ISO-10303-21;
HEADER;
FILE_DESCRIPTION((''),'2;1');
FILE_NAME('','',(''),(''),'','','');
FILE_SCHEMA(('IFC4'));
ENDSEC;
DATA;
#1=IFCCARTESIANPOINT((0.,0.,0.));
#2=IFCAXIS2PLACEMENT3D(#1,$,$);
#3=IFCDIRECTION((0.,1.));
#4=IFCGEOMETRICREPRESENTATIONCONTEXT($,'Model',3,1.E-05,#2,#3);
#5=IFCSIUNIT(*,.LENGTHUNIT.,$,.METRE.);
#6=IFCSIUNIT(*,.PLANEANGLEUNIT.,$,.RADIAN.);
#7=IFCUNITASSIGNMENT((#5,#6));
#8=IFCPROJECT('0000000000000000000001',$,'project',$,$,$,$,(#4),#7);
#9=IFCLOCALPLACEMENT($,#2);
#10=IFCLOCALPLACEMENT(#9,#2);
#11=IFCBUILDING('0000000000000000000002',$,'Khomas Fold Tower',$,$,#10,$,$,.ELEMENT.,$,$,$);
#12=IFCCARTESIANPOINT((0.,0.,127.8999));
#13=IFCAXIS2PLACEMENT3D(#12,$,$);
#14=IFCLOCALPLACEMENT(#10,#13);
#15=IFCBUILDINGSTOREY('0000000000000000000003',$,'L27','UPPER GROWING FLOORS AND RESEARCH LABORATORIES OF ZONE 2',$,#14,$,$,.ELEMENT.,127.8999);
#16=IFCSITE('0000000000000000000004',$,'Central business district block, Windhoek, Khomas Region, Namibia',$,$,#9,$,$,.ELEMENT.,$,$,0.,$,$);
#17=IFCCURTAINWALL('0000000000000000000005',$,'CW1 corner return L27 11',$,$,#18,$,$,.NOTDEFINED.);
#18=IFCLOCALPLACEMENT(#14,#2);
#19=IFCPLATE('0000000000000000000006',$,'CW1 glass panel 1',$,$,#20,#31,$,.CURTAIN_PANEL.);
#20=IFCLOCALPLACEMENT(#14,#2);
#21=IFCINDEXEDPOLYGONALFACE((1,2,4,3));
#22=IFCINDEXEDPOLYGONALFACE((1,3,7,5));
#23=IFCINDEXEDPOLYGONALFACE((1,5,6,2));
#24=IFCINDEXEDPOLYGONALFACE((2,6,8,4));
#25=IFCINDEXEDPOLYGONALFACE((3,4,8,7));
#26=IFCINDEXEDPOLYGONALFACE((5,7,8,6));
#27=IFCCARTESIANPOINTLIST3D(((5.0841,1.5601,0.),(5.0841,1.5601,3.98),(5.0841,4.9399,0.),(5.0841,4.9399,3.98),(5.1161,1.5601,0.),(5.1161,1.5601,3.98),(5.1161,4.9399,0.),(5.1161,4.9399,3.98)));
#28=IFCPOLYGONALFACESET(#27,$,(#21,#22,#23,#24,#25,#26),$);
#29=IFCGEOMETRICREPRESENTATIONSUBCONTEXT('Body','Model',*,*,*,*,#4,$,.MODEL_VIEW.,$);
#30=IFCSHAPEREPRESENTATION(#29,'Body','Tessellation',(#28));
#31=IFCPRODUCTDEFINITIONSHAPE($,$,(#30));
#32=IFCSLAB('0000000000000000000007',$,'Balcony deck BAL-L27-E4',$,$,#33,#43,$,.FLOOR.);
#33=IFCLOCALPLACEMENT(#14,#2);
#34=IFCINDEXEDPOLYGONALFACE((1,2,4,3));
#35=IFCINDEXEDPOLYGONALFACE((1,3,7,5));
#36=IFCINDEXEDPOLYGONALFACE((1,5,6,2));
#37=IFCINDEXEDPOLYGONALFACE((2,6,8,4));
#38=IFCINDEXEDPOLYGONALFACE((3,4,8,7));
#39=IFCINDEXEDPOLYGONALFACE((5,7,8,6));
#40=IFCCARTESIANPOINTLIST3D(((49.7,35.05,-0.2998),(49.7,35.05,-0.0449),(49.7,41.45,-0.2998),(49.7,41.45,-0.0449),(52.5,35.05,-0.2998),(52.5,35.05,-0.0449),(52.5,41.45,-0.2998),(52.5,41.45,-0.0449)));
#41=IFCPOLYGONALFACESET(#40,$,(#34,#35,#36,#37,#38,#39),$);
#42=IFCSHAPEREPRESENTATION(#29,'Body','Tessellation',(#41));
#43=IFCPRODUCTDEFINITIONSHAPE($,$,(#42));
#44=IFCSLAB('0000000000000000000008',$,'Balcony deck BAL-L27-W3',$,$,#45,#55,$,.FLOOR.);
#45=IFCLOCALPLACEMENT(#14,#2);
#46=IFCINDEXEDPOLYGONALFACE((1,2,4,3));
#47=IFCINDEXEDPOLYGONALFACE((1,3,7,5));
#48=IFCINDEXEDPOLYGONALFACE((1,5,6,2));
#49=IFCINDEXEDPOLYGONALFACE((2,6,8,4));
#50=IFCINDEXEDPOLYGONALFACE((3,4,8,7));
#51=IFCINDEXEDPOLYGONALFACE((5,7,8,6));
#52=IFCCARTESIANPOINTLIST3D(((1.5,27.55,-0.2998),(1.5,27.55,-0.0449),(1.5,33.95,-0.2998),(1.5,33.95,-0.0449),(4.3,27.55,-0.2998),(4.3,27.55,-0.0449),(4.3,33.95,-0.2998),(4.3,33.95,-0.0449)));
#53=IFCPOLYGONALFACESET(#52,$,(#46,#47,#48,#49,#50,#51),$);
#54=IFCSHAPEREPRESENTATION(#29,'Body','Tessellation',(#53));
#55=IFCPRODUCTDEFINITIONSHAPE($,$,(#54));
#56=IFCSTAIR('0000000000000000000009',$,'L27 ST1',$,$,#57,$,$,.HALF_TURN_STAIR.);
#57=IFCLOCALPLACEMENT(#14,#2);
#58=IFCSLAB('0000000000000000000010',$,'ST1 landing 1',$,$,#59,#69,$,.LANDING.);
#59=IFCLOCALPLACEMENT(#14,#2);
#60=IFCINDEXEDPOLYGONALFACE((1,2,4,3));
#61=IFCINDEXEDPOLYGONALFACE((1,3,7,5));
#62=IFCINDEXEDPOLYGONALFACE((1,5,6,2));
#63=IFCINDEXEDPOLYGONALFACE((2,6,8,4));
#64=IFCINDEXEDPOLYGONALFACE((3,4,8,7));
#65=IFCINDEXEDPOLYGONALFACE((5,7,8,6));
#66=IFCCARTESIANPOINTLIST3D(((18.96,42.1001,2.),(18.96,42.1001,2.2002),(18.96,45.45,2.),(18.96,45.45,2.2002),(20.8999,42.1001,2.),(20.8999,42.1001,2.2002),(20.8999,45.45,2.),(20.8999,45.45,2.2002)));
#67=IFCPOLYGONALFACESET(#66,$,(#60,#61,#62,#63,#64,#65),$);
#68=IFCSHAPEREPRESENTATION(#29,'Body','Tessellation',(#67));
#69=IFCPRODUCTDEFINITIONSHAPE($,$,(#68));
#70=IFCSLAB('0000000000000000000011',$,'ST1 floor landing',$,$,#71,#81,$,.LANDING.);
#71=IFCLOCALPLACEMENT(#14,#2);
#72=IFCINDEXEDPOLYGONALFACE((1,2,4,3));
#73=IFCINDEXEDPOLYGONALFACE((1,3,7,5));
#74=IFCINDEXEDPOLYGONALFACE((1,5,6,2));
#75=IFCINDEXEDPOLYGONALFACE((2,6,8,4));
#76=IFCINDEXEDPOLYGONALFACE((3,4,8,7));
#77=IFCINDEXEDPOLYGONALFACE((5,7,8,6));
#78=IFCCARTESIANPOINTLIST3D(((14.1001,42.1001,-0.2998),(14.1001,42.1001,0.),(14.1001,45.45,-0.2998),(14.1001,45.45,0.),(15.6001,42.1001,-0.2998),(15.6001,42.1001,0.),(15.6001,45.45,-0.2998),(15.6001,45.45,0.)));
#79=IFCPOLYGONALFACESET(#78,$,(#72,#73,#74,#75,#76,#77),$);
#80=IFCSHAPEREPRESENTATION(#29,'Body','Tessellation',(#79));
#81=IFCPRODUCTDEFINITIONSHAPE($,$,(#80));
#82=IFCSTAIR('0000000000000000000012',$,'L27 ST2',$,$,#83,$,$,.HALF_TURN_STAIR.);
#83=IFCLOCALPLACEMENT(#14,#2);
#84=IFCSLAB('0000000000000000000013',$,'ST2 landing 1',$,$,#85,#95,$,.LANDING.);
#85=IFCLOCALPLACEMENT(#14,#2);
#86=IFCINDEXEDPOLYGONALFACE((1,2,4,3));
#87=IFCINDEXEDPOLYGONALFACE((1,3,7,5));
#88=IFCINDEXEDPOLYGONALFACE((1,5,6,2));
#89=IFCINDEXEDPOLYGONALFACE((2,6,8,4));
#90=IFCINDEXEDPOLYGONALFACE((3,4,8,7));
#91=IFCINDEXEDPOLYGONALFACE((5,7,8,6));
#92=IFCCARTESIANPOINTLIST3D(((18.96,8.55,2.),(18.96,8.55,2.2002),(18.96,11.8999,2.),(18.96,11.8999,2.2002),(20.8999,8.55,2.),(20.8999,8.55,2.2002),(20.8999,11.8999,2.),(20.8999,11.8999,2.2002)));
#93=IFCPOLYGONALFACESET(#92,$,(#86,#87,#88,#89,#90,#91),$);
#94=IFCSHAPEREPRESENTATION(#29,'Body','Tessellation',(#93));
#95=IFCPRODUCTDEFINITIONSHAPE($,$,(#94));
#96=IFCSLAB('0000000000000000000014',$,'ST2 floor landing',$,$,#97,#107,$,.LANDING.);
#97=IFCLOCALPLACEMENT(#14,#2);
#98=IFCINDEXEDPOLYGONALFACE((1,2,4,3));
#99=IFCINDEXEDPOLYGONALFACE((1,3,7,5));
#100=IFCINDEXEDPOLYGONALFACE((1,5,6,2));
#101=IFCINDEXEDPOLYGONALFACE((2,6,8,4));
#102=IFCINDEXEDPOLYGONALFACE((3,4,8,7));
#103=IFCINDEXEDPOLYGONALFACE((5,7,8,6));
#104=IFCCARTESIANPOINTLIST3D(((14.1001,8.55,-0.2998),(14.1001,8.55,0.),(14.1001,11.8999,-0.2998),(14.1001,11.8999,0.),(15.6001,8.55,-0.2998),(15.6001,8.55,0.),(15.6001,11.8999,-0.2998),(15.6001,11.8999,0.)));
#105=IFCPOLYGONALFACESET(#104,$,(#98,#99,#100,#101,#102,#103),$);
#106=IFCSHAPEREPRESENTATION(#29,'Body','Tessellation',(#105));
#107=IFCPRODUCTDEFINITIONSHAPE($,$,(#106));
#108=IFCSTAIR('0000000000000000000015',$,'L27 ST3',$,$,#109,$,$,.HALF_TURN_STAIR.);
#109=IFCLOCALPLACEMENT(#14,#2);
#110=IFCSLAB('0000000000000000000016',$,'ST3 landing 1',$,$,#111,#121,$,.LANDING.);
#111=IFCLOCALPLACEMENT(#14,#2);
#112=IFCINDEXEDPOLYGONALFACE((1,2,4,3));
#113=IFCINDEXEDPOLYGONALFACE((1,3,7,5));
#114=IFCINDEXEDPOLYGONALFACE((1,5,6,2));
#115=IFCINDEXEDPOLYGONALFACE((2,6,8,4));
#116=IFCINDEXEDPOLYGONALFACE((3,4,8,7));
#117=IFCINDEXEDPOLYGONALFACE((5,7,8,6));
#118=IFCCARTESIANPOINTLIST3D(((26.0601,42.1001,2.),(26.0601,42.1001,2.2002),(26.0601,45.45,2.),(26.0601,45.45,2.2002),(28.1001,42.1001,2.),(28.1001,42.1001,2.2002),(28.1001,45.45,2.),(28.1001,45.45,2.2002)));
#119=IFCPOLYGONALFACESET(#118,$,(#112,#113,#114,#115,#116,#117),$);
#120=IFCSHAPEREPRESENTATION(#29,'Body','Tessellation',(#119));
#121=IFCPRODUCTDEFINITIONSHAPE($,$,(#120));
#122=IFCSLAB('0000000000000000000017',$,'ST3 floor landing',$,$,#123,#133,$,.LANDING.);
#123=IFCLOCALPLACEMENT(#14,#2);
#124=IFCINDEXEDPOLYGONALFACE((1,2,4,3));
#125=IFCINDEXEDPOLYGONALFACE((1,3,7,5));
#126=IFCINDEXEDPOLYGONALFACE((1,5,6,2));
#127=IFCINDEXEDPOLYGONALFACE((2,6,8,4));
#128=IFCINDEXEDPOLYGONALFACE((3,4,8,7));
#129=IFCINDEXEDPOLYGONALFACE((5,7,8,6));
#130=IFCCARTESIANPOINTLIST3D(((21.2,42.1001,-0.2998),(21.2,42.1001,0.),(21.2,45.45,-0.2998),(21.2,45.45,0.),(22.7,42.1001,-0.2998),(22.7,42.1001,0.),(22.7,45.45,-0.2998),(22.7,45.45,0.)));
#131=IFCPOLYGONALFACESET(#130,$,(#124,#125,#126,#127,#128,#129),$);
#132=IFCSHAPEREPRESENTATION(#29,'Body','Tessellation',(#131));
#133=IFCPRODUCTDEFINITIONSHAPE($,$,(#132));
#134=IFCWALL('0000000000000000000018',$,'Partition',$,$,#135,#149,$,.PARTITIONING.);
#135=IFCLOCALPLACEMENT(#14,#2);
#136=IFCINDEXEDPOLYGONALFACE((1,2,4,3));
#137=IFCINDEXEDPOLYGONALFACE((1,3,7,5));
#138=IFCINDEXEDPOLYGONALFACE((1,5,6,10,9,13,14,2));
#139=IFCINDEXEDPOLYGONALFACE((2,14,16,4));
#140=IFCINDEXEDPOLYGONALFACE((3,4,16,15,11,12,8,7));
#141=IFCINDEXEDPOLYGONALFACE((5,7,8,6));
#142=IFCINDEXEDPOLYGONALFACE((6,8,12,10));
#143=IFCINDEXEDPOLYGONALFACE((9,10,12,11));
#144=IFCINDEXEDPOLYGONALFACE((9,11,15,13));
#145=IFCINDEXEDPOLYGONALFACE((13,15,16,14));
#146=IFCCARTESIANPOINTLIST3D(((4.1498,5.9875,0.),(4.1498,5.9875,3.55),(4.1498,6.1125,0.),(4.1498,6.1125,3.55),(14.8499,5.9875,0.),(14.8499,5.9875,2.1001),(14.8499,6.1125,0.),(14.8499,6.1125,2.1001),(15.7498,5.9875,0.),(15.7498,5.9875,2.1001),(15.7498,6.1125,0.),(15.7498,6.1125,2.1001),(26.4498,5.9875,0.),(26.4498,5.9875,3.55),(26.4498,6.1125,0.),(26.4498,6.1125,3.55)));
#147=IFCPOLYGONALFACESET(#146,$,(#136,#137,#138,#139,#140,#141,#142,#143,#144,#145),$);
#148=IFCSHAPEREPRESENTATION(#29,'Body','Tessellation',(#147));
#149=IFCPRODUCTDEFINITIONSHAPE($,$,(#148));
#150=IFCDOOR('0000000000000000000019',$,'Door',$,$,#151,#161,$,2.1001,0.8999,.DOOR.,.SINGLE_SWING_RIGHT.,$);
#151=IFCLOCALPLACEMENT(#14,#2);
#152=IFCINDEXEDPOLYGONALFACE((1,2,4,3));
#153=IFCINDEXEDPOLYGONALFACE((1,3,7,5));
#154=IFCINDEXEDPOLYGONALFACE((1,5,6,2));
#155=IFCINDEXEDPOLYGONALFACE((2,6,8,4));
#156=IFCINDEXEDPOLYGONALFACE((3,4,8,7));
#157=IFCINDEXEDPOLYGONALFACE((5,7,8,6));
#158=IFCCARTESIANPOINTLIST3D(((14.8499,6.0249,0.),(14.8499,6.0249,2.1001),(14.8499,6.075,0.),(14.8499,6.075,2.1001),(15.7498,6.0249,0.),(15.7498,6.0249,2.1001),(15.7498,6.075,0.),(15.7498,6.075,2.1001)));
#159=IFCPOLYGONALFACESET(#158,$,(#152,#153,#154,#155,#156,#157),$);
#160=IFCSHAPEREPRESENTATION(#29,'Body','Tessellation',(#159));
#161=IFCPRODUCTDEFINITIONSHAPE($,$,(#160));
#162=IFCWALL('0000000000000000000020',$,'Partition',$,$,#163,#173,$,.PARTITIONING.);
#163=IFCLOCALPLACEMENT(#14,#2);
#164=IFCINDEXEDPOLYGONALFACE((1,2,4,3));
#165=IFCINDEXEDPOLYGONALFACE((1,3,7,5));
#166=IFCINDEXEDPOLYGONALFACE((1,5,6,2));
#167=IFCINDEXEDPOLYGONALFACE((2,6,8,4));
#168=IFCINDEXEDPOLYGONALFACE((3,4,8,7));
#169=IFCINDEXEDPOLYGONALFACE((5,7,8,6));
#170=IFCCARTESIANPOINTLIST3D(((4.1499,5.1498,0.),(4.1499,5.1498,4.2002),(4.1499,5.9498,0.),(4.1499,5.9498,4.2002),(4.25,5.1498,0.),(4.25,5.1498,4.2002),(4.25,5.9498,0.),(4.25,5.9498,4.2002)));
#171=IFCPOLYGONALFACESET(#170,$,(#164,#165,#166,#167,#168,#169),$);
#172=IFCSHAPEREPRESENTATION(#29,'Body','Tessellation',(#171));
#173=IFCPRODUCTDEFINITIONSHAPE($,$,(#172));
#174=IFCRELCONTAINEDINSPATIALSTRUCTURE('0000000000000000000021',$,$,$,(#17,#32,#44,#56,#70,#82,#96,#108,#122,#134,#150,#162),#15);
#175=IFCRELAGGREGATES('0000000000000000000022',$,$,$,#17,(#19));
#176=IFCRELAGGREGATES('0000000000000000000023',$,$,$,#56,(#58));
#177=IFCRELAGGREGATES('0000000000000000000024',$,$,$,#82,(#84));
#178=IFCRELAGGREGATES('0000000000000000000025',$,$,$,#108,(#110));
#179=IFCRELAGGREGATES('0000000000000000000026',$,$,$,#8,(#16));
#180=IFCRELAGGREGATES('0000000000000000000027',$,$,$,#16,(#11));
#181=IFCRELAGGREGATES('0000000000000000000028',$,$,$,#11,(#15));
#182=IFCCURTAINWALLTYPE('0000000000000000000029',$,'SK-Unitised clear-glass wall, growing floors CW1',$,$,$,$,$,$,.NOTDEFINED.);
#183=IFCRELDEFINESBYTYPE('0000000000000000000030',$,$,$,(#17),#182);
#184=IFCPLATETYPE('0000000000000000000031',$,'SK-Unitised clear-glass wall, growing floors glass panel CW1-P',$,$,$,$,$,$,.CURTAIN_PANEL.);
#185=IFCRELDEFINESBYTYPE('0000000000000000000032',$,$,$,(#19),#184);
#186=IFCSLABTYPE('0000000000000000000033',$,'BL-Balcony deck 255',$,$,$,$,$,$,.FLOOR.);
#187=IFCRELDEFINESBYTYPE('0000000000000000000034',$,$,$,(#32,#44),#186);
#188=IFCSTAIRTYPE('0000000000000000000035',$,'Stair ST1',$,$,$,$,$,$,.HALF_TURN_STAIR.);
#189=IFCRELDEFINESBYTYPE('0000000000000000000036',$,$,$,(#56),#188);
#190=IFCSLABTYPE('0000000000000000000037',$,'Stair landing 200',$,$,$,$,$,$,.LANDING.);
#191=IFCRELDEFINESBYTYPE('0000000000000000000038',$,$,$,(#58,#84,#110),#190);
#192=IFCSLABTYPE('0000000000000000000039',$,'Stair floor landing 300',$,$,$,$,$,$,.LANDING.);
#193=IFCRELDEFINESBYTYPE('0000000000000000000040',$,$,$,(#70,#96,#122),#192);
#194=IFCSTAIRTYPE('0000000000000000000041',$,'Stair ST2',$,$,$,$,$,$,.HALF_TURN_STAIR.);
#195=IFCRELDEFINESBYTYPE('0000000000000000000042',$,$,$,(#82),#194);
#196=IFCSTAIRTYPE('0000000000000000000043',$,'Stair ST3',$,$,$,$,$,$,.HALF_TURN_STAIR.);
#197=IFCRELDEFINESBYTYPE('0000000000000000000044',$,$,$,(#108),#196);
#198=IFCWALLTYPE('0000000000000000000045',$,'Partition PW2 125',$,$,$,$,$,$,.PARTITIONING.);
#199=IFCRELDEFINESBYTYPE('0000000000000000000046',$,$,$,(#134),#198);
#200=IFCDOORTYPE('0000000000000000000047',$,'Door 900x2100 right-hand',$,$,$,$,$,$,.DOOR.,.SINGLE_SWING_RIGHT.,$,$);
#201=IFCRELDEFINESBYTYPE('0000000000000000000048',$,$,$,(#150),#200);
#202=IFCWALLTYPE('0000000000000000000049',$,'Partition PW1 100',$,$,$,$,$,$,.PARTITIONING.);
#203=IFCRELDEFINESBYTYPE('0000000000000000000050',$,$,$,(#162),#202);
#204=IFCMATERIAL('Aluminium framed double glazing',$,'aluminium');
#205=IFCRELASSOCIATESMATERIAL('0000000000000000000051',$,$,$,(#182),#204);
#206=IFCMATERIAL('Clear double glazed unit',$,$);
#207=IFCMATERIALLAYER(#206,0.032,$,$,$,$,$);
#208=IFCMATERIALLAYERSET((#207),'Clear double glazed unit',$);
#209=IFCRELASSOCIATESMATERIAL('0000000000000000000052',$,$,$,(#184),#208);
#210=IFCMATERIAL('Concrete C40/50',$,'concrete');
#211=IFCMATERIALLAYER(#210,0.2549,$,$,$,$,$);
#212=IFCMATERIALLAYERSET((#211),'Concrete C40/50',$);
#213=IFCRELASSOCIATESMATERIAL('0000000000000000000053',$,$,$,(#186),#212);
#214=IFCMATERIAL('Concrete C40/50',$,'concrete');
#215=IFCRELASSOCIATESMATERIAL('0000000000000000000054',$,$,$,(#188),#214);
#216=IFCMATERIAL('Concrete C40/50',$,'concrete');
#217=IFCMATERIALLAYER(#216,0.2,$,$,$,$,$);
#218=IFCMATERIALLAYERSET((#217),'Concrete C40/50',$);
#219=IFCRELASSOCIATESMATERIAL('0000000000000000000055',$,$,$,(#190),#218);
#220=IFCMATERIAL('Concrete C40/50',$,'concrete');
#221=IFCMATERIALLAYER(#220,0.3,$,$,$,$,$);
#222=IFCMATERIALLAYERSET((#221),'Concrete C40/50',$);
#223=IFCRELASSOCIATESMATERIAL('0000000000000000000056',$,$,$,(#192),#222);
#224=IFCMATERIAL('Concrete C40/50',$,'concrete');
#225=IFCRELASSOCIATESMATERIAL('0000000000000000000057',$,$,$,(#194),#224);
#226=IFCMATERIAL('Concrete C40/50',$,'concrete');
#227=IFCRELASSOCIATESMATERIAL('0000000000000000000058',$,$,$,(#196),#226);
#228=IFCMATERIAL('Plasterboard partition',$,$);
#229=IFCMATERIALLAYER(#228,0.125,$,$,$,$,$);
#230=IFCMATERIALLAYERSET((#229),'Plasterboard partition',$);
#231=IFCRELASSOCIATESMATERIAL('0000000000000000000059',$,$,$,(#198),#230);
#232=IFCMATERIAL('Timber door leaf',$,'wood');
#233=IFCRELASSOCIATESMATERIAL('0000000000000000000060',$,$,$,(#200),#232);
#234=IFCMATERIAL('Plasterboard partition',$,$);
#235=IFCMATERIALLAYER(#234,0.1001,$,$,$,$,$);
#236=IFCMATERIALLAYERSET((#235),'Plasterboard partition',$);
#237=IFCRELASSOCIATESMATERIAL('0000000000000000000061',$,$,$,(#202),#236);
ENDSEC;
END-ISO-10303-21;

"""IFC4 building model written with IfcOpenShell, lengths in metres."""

from ifc_helpers import new_model, si_unit, direction, frame, frame_2d, origin, origin_2d, place, context, subcontext, project, spatial, polyline, rectangle, outline, extrude, source, transform, mapped, material, layer, layer_set, type_object, element, fill, aggregate, save


model = new_model("IFC4")

# Units and contexts
model_context = context("Model", 3, precision=1e-05, world=origin(), true_north=direction((0.0, 1.0)))
body_context = subcontext(model_context, "Body", "Model", "MODEL_VIEW")
ifc_project = project(units=[si_unit("LENGTHUNIT", "METRE"), si_unit("PLANEANGLEUNIT", "RADIAN")], contexts=[model_context])

# Site, building, storey
site_placement = place(None, origin())
site = spatial("IfcSite", under=ifc_project, at=site_placement, Name="Central business district block, Windhoek, Khomas Region, Namibia", CompositionType="ELEMENT", RefElevation=0.0)
building_placement = place(site_placement, origin())
building = spatial("IfcBuilding", under=site, at=building_placement, Name="Khomas Fold Tower", CompositionType="ELEMENT")
storey_placement = place(building_placement, frame((0.0, 0.0, 127.8999)))
storey = spatial("IfcBuildingStorey", under=building, at=storey_placement, Name="L27", Description="UPPER GROWING FLOORS AND RESEARCH LABORATORIES OF ZONE 2", CompositionType="ELEMENT", Elevation=127.8999)

# Curtain wall
ifc_material_1 = material(Name="Aluminium framed double glazing", Category="aluminium")
curtain_wall_type = type_object("IfcCurtainWallType", Name="SK-Unitised clear-glass wall, growing floors CW1", PredefinedType="NOTDEFINED", material=ifc_material_1)
curtain_wall_1_placement = place(storey_placement, origin())
curtain_wall_1 = element("IfcCurtainWall", 1, at=curtain_wall_1_placement, inside=storey, type_object=curtain_wall_type, Name="CW1 corner return L27 11", PredefinedType="NOTDEFINED")

# Plate
ifc_material_2 = material(Name="Clear double glazed unit")
ifc_layer_1 = layer(ifc_material_2, 0.032)
ifc_layer_set_1 = layer_set([ifc_layer_1], Name="Clear double glazed unit")
plate_type_1 = type_object("IfcPlateType", Name="SK-Unitised clear-glass wall, growing floors glass panel CW1-P", PredefinedType="CURTAIN_PANEL", material=ifc_layer_set_1)
shared_shape_1 = source(origin(), body_context, "Body", "SweptSolid", [
    extrude(rectangle(XDim=3.3799, YDim=0.032, at=origin_2d()), origin(), (0.0, 0.0, 1.0), 3.98),
])
plate_1_placement = place(storey_placement, frame((5.1001, 3.25, 0.0), z_axis=(0.0, 0.0, 1.0), x_axis=(0.0, -1.0, 0.0)))
plate_1 = element("IfcPlate", 2, at=plate_1_placement, type_object=plate_type_1, Name="CW1 glass panel 1", PredefinedType="CURTAIN_PANEL", context=body_context, shape_type="MappedRepresentation", body=[
    mapped(shared_shape_1, transform((0.0, 0.0, 0.0))),
])
aggregate(curtain_wall_1, [plate_1])

# Slabs
ifc_material_3 = material(Name="Concrete C40/50", Category="concrete")
ifc_layer_2 = layer(ifc_material_3, 0.2549)
ifc_layer_set_2 = layer_set([ifc_layer_2], Name="Concrete C40/50")
slab_type_1 = type_object("IfcSlabType", Name="BL-Balcony deck 255", PredefinedType="FLOOR", material=ifc_layer_set_2)
shared_shape_2 = source(origin(), body_context, "Body", "SweptSolid", [
    extrude(outline(polyline([(49.7, 35.05), (52.5, 35.05), (52.5, 41.45), (49.7, 41.45), (49.7, 35.05)])), origin(), (0.0, 0.0, 1.0), 0.2549),
])
slab_1_placement = place(storey_placement, frame((0.0, 0.0, -0.2998)))
element("IfcSlab", 3, at=slab_1_placement, inside=storey, type_object=slab_type_1, Name="Balcony deck BAL-L27-E4", PredefinedType="FLOOR", context=body_context, shape_type="MappedRepresentation", body=[
    mapped(shared_shape_2, transform((0.0, 0.0, 0.0))),
])
shared_shape_3 = source(origin(), body_context, "Body", "SweptSolid", [
    extrude(outline(polyline([(1.5, 27.55), (4.3, 27.55), (4.3, 33.95), (1.5, 33.95), (1.5, 27.55)])), origin(), (0.0, 0.0, 1.0), 0.2549),
])
slab_2_placement = place(storey_placement, frame((0.0, 0.0, -0.2998)))
element("IfcSlab", 4, at=slab_2_placement, inside=storey, type_object=slab_type_1, Name="Balcony deck BAL-L27-W3", PredefinedType="FLOOR", context=body_context, shape_type="MappedRepresentation", body=[
    mapped(shared_shape_3, transform((0.0, 0.0, 0.0))),
])

# Stair, slab
ifc_material_4 = material(Name="Concrete C40/50", Category="concrete")
stair_type_1 = type_object("IfcStairType", Name="Stair ST1", PredefinedType="HALF_TURN_STAIR", material=ifc_material_4)
stair_1_placement = place(storey_placement, origin())
stair_1 = element("IfcStair", 5, at=stair_1_placement, inside=storey, type_object=stair_type_1, Name="L27 ST1", PredefinedType="HALF_TURN_STAIR")
ifc_material_5 = material(Name="Concrete C40/50", Category="concrete")
ifc_layer_3 = layer(ifc_material_5, 0.2)
ifc_layer_set_3 = layer_set([ifc_layer_3], Name="Concrete C40/50")
slab_type_2 = type_object("IfcSlabType", Name="Stair landing 200", PredefinedType="LANDING", material=ifc_layer_set_3)
shared_shape_4 = source(origin(), body_context, "Body", "SweptSolid", [
    extrude(outline(polyline([(18.96, 42.1001), (20.8999, 42.1001), (20.8999, 45.45), (18.96, 45.45), (18.96, 42.1001)])), origin(), (0.0, 0.0, 1.0), 0.2002),
])
slab_3_placement = place(storey_placement, frame((0.0, 0.0, 2.0)))
slab_3 = element("IfcSlab", 6, at=slab_3_placement, type_object=slab_type_2, Name="ST1 landing 1", PredefinedType="LANDING", context=body_context, shape_type="MappedRepresentation", body=[
    mapped(shared_shape_4, transform((0.0, 0.0, 0.0))),
])
aggregate(stair_1, [slab_3])

# Slab
ifc_material_6 = material(Name="Concrete C40/50", Category="concrete")
ifc_layer_4 = layer(ifc_material_6, 0.3)
ifc_layer_set_4 = layer_set([ifc_layer_4], Name="Concrete C40/50")
slab_type_3 = type_object("IfcSlabType", Name="Stair floor landing 300", PredefinedType="LANDING", material=ifc_layer_set_4)
shared_shape_5 = source(origin(), body_context, "Body", "SweptSolid", [
    extrude(outline(polyline([(15.6001, 42.1001), (14.1001, 42.1001), (14.1001, 45.45), (15.6001, 45.45), (15.6001, 42.1001)])), origin(), (0.0, 0.0, 1.0), 0.2998),
])
slab_4_placement = place(storey_placement, frame((0.0, 0.0, -0.2998)))
element("IfcSlab", 7, at=slab_4_placement, inside=storey, type_object=slab_type_3, Name="ST1 floor landing", PredefinedType="LANDING", context=body_context, shape_type="MappedRepresentation", body=[
    mapped(shared_shape_5, transform((0.0, 0.0, 0.0))),
])

# Stair, slab
ifc_material_7 = material(Name="Concrete C40/50", Category="concrete")
stair_type_2 = type_object("IfcStairType", Name="Stair ST2", PredefinedType="HALF_TURN_STAIR", material=ifc_material_7)
stair_2_placement = place(storey_placement, origin())
stair_2 = element("IfcStair", 8, at=stair_2_placement, inside=storey, type_object=stair_type_2, Name="L27 ST2", PredefinedType="HALF_TURN_STAIR")
shared_shape_6 = source(origin(), body_context, "Body", "SweptSolid", [
    extrude(outline(polyline([(18.96, 8.55), (20.8999, 8.55), (20.8999, 11.8999), (18.96, 11.8999), (18.96, 8.55)])), origin(), (0.0, 0.0, 1.0), 0.2002),
])
slab_5_placement = place(storey_placement, frame((0.0, 0.0, 2.0)))
slab_5 = element("IfcSlab", 9, at=slab_5_placement, type_object=slab_type_2, Name="ST2 landing 1", PredefinedType="LANDING", context=body_context, shape_type="MappedRepresentation", body=[
    mapped(shared_shape_6, transform((0.0, 0.0, 0.0))),
])
aggregate(stair_2, [slab_5])

# Slab
shared_shape_7 = source(origin(), body_context, "Body", "SweptSolid", [
    extrude(outline(polyline([(15.6001, 8.55), (14.1001, 8.55), (14.1001, 11.8999), (15.6001, 11.8999), (15.6001, 8.55)])), origin(), (0.0, 0.0, 1.0), 0.2998),
])
slab_6_placement = place(storey_placement, frame((0.0, 0.0, -0.2998)))
element("IfcSlab", 10, at=slab_6_placement, inside=storey, type_object=slab_type_3, Name="ST2 floor landing", PredefinedType="LANDING", context=body_context, shape_type="MappedRepresentation", body=[
    mapped(shared_shape_7, transform((0.0, 0.0, 0.0))),
])

# Stair, slab
ifc_material_8 = material(Name="Concrete C40/50", Category="concrete")
stair_type_3 = type_object("IfcStairType", Name="Stair ST3", PredefinedType="HALF_TURN_STAIR", material=ifc_material_8)
stair_3_placement = place(storey_placement, origin())
stair_3 = element("IfcStair", 11, at=stair_3_placement, inside=storey, type_object=stair_type_3, Name="L27 ST3", PredefinedType="HALF_TURN_STAIR")
shared_shape_8 = source(origin(), body_context, "Body", "SweptSolid", [
    extrude(outline(polyline([(26.0601, 42.1001), (28.1001, 42.1001), (28.1001, 45.45), (26.0601, 45.45), (26.0601, 42.1001)])), origin(), (0.0, 0.0, 1.0), 0.2002),
])
slab_7_placement = place(storey_placement, frame((0.0, 0.0, 2.0)))
slab_7 = element("IfcSlab", 12, at=slab_7_placement, type_object=slab_type_2, Name="ST3 landing 1", PredefinedType="LANDING", context=body_context, shape_type="MappedRepresentation", body=[
    mapped(shared_shape_8, transform((0.0, 0.0, 0.0))),
])
aggregate(stair_3, [slab_7])

# Slab
shared_shape_9 = source(origin(), body_context, "Body", "SweptSolid", [
    extrude(outline(polyline([(22.7, 42.1001), (21.2, 42.1001), (21.2, 45.45), (22.7, 45.45), (22.7, 42.1001)])), origin(), (0.0, 0.0, 1.0), 0.2998),
])
slab_8_placement = place(storey_placement, frame((0.0, 0.0, -0.2998)))
element("IfcSlab", 13, at=slab_8_placement, inside=storey, type_object=slab_type_3, Name="ST3 floor landing", PredefinedType="LANDING", context=body_context, shape_type="MappedRepresentation", body=[
    mapped(shared_shape_9, transform((0.0, 0.0, 0.0))),
])

# Wall, opening, door
ifc_material_9 = material(Name="Plasterboard partition")
ifc_layer_5 = layer(ifc_material_9, 0.125)
ifc_layer_set_5 = layer_set([ifc_layer_5], Name="Plasterboard partition")
wall_type_1 = type_object("IfcWallType", Name="Partition PW2 125", PredefinedType="PARTITIONING", material=ifc_layer_set_5)
shared_shape_10 = source(origin(), body_context, "Body", "SweptSolid", [
    extrude(rectangle(XDim=22.3, YDim=0.125, at=frame_2d((11.1499, 0.0))), origin(), (0.0, 0.0, 1.0), 3.55),
])
wall_1_placement = place(storey_placement, frame((4.1499, 6.05, 0.0), z_axis=(0.0, 0.0, 1.0), x_axis=(1.0, 0.0, 0.0)))
wall_1 = element("IfcWall", 14, at=wall_1_placement, inside=storey, type_object=wall_type_1, Name="Partition", PredefinedType="PARTITIONING", context=body_context, shape_type="MappedRepresentation", body=[
    mapped(shared_shape_10, transform((0.0, 0.0, 0.0))),
])
shared_shape_11 = source(origin(), body_context, "Body", "SweptSolid", [
    extrude(rectangle(XDim=0.8999, YDim=2.1001, at=frame_2d((0.45, 1.05))), frame((0.0, 0.0725, 0.0), z_axis=(0.0, -1.0, 0.0), x_axis=(1.0, 0.0, 0.0)), (0.0, 0.0, 1.0), 0.145),
])
opening_1_placement = place(wall_1_placement, frame((10.7, 0.0, 0.0)))
opening_1 = element("IfcOpeningElement", 15, at=opening_1_placement, cuts=wall_1, PredefinedType="OPENING", context=body_context, shape_type="MappedRepresentation", body=[
    mapped(shared_shape_11, transform((0.0, 0.0, 0.0))),
])
ifc_material_10 = material(Name="Timber door leaf", Category="wood")
door_type = type_object("IfcDoorType", Name="Door 900x2100 right-hand", OperationType="SINGLE_SWING_RIGHT", PredefinedType="DOOR", material=ifc_material_10)
shared_shape_12 = source(origin(), body_context, "Body", "SweptSolid", [
    extrude(rectangle(XDim=0.8999, YDim=2.1001, at=frame_2d((0.45, 1.05))), frame((0.0, 0.0249, 0.0), z_axis=(0.0, -1.0, 0.0), x_axis=(1.0, 0.0, 0.0)), (0.0, 0.0, 1.0), 0.05),
])
door_1_placement = place(opening_1_placement, origin())
door_1 = element("IfcDoor", 16, at=door_1_placement, inside=storey, type_object=door_type, Name="Door", OperationType="SINGLE_SWING_RIGHT", OverallHeight=2.1001, OverallWidth=0.8999, PredefinedType="DOOR", context=body_context, shape_type="MappedRepresentation", body=[
    mapped(shared_shape_12, transform((0.0, 0.0, 0.0))),
])
fill(opening_1, door_1)

# Wall
ifc_material_11 = material(Name="Plasterboard partition")
ifc_layer_6 = layer(ifc_material_11, 0.1001)
ifc_layer_set_6 = layer_set([ifc_layer_6], Name="Plasterboard partition")
wall_type_2 = type_object("IfcWallType", Name="Partition PW1 100", PredefinedType="PARTITIONING", material=ifc_layer_set_6)
shared_shape_13 = source(origin(), body_context, "Body", "SweptSolid", [
    extrude(rectangle(XDim=0.8, YDim=0.1001, at=frame_2d((0.3999, 0.0))), origin(), (0.0, 0.0, 1.0), 4.2002),
])
wall_2_placement = place(storey_placement, frame((4.2, 5.1499, 0.0), z_axis=(0.0, 0.0, 1.0), x_axis=(0.0, 1.0, 0.0)))
element("IfcWall", 17, at=wall_2_placement, inside=storey, type_object=wall_type_2, Name="Partition", PredefinedType="PARTITIONING", context=body_context, shape_type="MappedRepresentation", body=[
    mapped(shared_shape_13, transform((0.0, 0.0, 0.0))),
])

save(model, "model.ifc")
